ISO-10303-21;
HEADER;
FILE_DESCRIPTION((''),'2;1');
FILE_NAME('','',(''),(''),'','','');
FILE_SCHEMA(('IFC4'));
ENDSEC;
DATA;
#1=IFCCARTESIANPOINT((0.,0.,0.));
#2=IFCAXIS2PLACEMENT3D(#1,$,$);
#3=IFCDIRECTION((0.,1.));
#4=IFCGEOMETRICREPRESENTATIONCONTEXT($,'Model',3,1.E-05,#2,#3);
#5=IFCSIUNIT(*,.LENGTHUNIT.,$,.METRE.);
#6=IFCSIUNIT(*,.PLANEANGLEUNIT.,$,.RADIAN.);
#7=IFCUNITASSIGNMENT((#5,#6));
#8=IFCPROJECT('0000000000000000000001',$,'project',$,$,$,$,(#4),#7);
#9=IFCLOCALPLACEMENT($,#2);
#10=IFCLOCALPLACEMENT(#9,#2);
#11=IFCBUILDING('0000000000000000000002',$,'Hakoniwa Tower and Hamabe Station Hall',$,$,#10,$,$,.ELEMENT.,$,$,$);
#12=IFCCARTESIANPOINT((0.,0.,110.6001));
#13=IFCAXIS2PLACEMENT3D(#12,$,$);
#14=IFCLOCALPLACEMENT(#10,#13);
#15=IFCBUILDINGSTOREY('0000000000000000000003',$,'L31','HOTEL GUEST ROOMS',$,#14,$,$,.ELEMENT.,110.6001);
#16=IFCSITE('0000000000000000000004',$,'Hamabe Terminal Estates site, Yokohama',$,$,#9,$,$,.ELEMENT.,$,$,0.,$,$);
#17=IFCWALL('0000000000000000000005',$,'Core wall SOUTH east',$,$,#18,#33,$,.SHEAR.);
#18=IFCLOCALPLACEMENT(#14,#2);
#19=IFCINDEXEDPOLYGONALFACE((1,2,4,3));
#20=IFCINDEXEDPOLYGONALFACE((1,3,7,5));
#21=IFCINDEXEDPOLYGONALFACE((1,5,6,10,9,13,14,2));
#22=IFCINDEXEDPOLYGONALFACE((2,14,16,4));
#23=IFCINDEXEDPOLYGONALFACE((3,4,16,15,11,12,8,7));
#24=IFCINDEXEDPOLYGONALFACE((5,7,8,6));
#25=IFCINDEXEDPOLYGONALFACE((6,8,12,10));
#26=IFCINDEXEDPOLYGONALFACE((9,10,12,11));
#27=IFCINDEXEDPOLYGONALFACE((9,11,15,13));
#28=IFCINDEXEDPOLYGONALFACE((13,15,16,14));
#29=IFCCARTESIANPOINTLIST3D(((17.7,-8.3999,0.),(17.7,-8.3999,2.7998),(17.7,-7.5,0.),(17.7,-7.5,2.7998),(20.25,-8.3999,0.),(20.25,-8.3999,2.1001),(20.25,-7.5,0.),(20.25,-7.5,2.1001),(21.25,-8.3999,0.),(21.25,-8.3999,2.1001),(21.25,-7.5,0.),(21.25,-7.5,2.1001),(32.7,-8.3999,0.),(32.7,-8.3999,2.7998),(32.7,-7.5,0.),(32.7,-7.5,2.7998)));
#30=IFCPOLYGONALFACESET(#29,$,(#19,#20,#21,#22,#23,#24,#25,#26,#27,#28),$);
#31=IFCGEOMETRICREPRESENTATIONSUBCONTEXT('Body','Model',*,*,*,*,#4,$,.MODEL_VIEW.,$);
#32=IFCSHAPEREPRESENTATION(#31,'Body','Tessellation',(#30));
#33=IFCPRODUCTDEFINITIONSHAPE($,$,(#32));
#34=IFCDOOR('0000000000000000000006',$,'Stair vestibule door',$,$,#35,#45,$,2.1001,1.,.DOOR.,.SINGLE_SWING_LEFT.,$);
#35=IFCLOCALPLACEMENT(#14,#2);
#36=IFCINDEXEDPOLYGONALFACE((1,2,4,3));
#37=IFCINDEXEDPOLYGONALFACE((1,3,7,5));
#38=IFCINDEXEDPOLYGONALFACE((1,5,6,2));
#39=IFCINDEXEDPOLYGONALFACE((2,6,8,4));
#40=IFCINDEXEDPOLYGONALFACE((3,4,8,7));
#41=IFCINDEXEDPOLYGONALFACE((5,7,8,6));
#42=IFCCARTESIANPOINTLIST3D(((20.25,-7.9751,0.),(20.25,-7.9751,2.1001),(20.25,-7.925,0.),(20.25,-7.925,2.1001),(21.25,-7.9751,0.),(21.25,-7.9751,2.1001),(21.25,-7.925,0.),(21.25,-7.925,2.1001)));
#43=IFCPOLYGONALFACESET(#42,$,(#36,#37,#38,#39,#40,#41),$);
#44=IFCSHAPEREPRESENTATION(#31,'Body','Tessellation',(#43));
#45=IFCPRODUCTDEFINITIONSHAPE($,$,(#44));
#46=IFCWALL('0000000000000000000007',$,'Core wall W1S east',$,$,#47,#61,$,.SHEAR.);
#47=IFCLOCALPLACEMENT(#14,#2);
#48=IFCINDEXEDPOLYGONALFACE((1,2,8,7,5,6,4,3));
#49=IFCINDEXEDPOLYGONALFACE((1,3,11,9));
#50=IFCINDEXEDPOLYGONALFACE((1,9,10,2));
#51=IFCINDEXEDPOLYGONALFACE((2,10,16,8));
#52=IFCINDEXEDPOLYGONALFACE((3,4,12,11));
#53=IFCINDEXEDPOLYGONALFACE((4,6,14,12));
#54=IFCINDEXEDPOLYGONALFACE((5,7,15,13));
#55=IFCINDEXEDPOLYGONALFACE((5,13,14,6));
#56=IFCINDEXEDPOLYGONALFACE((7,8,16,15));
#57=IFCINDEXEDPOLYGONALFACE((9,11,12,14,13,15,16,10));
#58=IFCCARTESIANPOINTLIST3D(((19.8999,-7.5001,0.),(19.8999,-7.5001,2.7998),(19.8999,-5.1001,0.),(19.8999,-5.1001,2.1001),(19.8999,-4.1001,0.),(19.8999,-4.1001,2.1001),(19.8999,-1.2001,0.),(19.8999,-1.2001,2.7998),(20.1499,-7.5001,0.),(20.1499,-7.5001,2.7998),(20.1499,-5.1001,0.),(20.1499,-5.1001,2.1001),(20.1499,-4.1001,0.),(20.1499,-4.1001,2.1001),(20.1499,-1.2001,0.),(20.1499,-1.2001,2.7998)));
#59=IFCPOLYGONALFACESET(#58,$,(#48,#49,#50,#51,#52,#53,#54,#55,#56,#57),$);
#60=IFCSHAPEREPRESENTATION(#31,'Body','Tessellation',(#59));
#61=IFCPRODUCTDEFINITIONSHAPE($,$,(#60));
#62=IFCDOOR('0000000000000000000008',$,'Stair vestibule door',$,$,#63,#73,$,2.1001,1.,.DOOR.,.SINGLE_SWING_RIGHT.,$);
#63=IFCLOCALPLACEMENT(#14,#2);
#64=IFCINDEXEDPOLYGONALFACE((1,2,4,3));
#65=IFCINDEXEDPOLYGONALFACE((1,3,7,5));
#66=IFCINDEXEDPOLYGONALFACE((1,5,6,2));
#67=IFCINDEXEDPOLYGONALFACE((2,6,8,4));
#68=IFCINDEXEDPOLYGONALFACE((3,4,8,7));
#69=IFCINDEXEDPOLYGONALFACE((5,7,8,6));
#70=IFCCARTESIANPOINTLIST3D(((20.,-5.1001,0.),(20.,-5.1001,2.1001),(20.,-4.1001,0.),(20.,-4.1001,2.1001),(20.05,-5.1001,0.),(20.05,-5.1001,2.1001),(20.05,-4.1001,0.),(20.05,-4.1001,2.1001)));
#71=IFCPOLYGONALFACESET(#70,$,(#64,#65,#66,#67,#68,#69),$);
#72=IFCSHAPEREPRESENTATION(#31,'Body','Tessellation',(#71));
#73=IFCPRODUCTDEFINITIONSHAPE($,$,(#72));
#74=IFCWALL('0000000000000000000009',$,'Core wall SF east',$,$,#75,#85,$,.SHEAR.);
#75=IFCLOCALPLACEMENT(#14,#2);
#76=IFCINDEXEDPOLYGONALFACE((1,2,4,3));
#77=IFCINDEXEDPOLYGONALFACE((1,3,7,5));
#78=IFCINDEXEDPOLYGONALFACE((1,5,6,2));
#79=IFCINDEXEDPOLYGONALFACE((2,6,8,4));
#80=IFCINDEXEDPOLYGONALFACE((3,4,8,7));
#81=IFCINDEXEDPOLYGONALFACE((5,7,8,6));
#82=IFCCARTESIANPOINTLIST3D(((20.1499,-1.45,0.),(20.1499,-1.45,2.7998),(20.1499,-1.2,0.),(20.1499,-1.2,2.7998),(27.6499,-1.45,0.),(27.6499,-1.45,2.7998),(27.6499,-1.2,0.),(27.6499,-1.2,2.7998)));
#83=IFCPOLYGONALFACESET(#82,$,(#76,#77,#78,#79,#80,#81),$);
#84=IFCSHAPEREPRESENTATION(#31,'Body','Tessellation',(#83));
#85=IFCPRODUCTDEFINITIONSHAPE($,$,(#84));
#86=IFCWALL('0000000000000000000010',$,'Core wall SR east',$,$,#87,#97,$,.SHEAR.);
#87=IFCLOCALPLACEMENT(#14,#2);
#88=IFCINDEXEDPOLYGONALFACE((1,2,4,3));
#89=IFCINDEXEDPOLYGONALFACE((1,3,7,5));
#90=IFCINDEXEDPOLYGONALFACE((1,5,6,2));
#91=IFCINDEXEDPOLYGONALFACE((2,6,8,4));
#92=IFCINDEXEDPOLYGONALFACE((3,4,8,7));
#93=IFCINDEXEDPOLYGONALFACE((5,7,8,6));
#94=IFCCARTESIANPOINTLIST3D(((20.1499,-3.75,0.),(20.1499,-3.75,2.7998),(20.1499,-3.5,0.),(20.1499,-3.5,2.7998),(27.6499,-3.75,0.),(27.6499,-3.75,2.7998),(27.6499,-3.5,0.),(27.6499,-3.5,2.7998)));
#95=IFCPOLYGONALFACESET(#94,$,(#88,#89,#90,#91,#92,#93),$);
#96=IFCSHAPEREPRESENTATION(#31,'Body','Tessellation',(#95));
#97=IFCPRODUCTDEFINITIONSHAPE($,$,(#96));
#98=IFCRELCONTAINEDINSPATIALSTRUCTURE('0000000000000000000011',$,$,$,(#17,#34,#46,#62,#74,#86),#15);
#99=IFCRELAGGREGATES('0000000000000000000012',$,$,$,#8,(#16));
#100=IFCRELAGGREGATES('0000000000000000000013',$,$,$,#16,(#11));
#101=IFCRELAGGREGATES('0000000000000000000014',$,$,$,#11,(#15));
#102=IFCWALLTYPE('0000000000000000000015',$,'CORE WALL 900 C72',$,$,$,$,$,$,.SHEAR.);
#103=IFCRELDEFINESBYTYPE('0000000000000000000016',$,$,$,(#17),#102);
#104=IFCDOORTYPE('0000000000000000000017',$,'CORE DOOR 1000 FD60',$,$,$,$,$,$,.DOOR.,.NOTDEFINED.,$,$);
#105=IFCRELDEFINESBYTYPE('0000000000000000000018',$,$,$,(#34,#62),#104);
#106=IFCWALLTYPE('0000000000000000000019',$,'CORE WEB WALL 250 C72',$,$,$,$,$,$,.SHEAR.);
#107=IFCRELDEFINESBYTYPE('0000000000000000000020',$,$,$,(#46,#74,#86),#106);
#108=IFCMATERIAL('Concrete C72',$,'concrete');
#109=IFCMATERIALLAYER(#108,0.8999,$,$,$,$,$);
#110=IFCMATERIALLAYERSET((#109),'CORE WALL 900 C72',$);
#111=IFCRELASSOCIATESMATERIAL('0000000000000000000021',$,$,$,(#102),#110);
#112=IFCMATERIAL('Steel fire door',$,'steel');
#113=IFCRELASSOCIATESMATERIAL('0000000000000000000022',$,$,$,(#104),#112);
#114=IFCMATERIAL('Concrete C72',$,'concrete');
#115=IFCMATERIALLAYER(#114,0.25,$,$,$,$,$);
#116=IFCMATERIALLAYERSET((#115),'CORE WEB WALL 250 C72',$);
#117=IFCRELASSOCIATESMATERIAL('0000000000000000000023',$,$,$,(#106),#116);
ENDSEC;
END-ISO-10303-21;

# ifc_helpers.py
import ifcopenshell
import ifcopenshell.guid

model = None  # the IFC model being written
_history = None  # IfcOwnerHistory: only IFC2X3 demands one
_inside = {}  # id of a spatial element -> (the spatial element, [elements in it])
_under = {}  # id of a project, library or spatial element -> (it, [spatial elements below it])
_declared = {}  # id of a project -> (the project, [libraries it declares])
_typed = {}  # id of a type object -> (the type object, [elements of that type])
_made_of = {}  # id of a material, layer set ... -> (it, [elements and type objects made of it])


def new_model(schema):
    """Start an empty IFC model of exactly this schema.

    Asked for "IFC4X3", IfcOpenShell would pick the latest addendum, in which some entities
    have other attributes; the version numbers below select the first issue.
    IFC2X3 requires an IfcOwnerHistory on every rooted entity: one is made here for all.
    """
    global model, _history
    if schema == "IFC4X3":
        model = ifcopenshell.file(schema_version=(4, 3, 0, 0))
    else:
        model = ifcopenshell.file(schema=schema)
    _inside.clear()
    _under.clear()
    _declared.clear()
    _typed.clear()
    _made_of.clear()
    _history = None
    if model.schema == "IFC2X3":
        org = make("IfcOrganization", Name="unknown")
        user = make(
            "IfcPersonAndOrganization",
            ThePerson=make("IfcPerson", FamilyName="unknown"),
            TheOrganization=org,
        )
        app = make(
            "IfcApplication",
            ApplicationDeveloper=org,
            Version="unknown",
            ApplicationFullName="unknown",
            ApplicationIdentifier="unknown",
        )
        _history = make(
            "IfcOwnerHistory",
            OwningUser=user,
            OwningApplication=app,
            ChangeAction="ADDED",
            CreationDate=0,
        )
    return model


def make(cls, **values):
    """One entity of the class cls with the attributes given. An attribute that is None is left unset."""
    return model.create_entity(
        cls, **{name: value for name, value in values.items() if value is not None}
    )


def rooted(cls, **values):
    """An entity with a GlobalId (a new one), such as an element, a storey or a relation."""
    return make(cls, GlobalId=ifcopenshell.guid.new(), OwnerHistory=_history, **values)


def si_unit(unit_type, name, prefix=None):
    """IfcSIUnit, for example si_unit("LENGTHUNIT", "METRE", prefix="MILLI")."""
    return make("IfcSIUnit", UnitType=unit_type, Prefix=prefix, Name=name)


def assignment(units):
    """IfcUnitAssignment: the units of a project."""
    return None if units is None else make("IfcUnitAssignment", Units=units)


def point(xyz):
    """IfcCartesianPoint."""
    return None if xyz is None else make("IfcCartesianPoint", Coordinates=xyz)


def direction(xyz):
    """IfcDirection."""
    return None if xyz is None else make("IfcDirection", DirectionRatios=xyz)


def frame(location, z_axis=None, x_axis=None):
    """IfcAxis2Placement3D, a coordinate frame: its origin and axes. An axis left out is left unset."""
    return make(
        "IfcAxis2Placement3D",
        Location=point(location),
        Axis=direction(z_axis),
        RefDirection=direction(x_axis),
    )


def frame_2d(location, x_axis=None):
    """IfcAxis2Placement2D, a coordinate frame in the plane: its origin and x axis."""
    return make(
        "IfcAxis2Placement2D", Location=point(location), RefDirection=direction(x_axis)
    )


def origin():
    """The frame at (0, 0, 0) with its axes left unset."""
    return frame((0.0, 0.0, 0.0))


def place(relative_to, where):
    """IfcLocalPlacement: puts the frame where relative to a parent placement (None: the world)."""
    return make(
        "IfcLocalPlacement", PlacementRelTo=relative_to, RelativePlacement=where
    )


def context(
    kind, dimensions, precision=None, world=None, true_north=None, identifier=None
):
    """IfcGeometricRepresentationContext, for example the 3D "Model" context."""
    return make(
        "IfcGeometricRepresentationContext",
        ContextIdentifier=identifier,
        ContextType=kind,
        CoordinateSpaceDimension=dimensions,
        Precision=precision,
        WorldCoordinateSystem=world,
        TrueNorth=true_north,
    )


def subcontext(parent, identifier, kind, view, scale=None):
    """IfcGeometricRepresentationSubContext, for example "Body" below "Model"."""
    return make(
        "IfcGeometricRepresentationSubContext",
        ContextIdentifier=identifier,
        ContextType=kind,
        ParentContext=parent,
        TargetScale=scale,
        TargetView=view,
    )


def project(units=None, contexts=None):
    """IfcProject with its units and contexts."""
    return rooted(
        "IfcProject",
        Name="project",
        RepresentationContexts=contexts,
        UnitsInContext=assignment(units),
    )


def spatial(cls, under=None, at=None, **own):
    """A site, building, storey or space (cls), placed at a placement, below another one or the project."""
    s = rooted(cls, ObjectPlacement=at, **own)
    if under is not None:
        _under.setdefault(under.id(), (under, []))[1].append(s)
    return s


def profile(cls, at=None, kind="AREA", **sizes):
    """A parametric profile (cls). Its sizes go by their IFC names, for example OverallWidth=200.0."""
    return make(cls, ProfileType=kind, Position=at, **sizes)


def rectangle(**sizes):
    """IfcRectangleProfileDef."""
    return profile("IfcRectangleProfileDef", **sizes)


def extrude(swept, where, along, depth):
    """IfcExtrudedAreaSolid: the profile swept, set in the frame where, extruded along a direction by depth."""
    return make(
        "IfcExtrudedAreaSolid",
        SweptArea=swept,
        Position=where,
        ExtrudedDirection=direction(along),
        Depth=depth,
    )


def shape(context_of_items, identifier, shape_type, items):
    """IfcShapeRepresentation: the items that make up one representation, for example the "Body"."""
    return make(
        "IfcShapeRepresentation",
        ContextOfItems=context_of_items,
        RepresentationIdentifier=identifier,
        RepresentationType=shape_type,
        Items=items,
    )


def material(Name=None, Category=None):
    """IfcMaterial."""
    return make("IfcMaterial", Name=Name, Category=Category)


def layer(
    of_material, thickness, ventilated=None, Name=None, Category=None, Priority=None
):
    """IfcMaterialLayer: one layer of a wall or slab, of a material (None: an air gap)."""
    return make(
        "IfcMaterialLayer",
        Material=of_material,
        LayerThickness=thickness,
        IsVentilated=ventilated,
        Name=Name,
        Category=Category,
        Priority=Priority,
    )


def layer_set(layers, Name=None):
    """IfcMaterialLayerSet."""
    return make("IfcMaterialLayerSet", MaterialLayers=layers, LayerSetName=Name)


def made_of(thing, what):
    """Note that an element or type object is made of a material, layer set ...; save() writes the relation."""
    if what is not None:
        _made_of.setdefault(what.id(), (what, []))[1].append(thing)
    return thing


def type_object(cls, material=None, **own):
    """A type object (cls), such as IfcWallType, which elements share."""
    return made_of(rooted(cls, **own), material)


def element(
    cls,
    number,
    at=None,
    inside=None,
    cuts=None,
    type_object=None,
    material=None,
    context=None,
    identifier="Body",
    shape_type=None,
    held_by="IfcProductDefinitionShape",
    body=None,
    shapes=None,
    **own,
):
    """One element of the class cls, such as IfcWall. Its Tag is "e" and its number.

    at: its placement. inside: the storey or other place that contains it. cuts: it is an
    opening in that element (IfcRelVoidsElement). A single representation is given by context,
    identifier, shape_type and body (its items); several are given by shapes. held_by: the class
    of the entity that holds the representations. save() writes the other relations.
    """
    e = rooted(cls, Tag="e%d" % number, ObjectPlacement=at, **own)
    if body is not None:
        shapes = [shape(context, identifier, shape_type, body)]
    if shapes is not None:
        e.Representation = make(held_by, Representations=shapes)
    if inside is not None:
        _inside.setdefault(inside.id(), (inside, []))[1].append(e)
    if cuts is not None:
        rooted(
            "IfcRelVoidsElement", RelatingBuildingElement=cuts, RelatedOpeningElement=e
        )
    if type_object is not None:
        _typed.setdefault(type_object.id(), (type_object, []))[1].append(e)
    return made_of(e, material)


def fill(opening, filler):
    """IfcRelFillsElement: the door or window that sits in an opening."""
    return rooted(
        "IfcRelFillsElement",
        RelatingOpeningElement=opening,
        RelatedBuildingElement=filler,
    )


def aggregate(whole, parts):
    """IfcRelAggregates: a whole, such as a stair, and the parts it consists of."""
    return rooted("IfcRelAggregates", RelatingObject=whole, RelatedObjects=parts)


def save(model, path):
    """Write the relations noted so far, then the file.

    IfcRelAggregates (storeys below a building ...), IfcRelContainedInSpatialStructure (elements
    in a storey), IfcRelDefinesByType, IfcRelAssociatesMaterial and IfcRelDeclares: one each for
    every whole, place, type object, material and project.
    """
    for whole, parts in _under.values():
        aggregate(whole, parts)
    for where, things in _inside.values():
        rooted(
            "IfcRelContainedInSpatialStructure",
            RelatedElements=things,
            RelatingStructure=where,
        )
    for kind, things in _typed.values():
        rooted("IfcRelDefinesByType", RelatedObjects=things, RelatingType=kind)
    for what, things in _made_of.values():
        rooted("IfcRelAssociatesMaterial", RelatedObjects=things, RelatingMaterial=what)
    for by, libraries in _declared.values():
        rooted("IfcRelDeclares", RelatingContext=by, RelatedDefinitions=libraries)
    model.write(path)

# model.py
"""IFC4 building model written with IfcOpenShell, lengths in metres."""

from ifc_helpers import new_model, si_unit, direction, frame, frame_2d, origin, place, context, subcontext, project, spatial, rectangle, extrude, material, layer, layer_set, type_object, element, fill, save


model = new_model("IFC4")

# Units and contexts
model_context = context("Model", 3, precision=1e-05, world=origin(), true_north=direction((0.0, 1.0)))
body_context = subcontext(model_context, "Body", "Model", "MODEL_VIEW")
ifc_project = project(units=[si_unit("LENGTHUNIT", "METRE"), si_unit("PLANEANGLEUNIT", "RADIAN")], contexts=[model_context])

# Site, building, storey
site_placement = place(None, origin())
site = spatial("IfcSite", under=ifc_project, at=site_placement, Name="Hamabe Terminal Estates site, Yokohama", CompositionType="ELEMENT", RefElevation=0.0)
building_placement = place(site_placement, origin())
building = spatial("IfcBuilding", under=site, at=building_placement, Name="Hakoniwa Tower and Hamabe Station Hall", CompositionType="ELEMENT")
storey_placement = place(building_placement, frame((0.0, 0.0, 110.6001)))
storey = spatial("IfcBuildingStorey", under=building, at=storey_placement, Name="L31", Description="HOTEL GUEST ROOMS", CompositionType="ELEMENT", Elevation=110.6001)

# Walls, openings, doors
ifc_material_1 = material(Name="Concrete C72", Category="concrete")
ifc_layer_1 = layer(ifc_material_1, 0.8999)
ifc_layer_set_1 = layer_set([ifc_layer_1], Name="CORE WALL 900 C72")
wall_type_1 = type_object("IfcWallType", Name="CORE WALL 900 C72", PredefinedType="SHEAR", material=ifc_layer_set_1)
wall_1_placement = place(storey_placement, frame((17.7, -7.95, 0.0), z_axis=(0.0, 0.0, 1.0), x_axis=(1.0, 0.0, 0.0)))
wall_1 = element("IfcWall", 1, at=wall_1_placement, inside=storey, type_object=wall_type_1, Name="Core wall SOUTH east", PredefinedType="SHEAR", context=body_context, shape_type="SweptSolid", body=[
    extrude(rectangle(XDim=15.0, YDim=0.8999, at=frame_2d((7.5, 0.0))), origin(), (0.0, 0.0, 1.0), 2.7998),
])
opening_1_placement = place(wall_1_placement, frame((2.55, 0.0, 0.0)))
opening_1 = element("IfcOpeningElement", 2, at=opening_1_placement, cuts=wall_1, PredefinedType="OPENING", context=body_context, shape_type="SweptSolid", body=[
    extrude(rectangle(XDim=1.0, YDim=2.1001, at=frame_2d((0.5, 1.05))), frame((0.0, 0.46, 0.0), z_axis=(0.0, -1.0, 0.0), x_axis=(1.0, 0.0, 0.0)), (0.0, 0.0, 1.0), 0.9199),
])
ifc_material_2 = material(Name="Steel fire door", Category="steel")
door_type_1 = type_object("IfcDoorType", Name="CORE DOOR 1000 FD60", OperationType="NOTDEFINED", PredefinedType="DOOR", material=ifc_material_2)
door_1_placement = place(opening_1_placement, origin())
door_1 = element("IfcDoor", 3, at=door_1_placement, inside=storey, type_object=door_type_1, Name="Stair vestibule door", OperationType="SINGLE_SWING_LEFT", OverallHeight=2.1001, OverallWidth=1.0, PredefinedType="DOOR", context=body_context, shape_type="SweptSolid", body=[
    extrude(rectangle(XDim=1.0, YDim=2.1001, at=frame_2d((0.5, 1.05))), frame((0.0, 0.0249, 0.0), z_axis=(0.0, -1.0, 0.0), x_axis=(1.0, 0.0, 0.0)), (0.0, 0.0, 1.0), 0.05),
])
fill(opening_1, door_1)
ifc_material_3 = material(Name="Concrete C72", Category="concrete")
ifc_layer_2 = layer(ifc_material_3, 0.25)
ifc_layer_set_2 = layer_set([ifc_layer_2], Name="CORE WEB WALL 250 C72")
wall_type_2 = type_object("IfcWallType", Name="CORE WEB WALL 250 C72", PredefinedType="SHEAR", material=ifc_layer_set_2)
wall_2_placement = place(storey_placement, frame((20.0249, -7.5, 0.0), z_axis=(0.0, 0.0, 1.0), x_axis=(0.0, 1.0, 0.0)))
wall_2 = element("IfcWall", 4, at=wall_2_placement, inside=storey, type_object=wall_type_2, Name="Core wall W1S east", PredefinedType="SHEAR", context=body_context, shape_type="SweptSolid", body=[
    extrude(rectangle(XDim=6.3, YDim=0.25, at=frame_2d((3.1499, 0.0))), origin(), (0.0, 0.0, 1.0), 2.7998),
])
opening_2_placement = place(wall_2_placement, frame((2.3999, 0.0, 0.0)))
opening_2 = element("IfcOpeningElement", 5, at=opening_2_placement, cuts=wall_2, PredefinedType="OPENING", context=body_context, shape_type="SweptSolid", body=[
    extrude(rectangle(XDim=1.0, YDim=2.1001, at=frame_2d((0.5, 1.05))), frame((0.0, 0.135, 0.0), z_axis=(0.0, -1.0, 0.0), x_axis=(1.0, 0.0, 0.0)), (0.0, 0.0, 1.0), 0.27),
])
door_2_placement = place(opening_2_placement, origin())
door_2 = element("IfcDoor", 6, at=door_2_placement, inside=storey, type_object=door_type_1, Name="Stair vestibule door", OperationType="SINGLE_SWING_RIGHT", OverallHeight=2.1001, OverallWidth=1.0, PredefinedType="DOOR", context=body_context, shape_type="SweptSolid", body=[
    extrude(rectangle(XDim=1.0, YDim=2.1001, at=frame_2d((0.5, 1.05))), frame((0.0, 0.0249, 0.0), z_axis=(0.0, -1.0, 0.0), x_axis=(1.0, 0.0, 0.0)), (0.0, 0.0, 1.0), 0.05),
])
fill(opening_2, door_2)

# Walls
for number, where, z_axis, x_axis, name in (
    (7, (20.1499, -1.325, 0.0), (0.0, 0.0, 1.0), (1.0, 0.0, 0.0), "Core wall SF east"),
    (8, (20.1499, -3.625, 0.0), (0.0, 0.0, 1.0), (1.0, 0.0, 0.0), "Core wall SR east"),
):
    element("IfcWall", number, at=place(storey_placement, frame(where, z_axis=z_axis, x_axis=x_axis)), inside=storey, type_object=wall_type_2, Name=name, PredefinedType="SHEAR", context=body_context, shape_type="SweptSolid", body=[
        extrude(rectangle(XDim=7.5, YDim=0.25, at=frame_2d((3.75, 0.0))), origin(), (0.0, 0.0, 1.0), 2.7998),
    ])

save(model, "model.ifc")
